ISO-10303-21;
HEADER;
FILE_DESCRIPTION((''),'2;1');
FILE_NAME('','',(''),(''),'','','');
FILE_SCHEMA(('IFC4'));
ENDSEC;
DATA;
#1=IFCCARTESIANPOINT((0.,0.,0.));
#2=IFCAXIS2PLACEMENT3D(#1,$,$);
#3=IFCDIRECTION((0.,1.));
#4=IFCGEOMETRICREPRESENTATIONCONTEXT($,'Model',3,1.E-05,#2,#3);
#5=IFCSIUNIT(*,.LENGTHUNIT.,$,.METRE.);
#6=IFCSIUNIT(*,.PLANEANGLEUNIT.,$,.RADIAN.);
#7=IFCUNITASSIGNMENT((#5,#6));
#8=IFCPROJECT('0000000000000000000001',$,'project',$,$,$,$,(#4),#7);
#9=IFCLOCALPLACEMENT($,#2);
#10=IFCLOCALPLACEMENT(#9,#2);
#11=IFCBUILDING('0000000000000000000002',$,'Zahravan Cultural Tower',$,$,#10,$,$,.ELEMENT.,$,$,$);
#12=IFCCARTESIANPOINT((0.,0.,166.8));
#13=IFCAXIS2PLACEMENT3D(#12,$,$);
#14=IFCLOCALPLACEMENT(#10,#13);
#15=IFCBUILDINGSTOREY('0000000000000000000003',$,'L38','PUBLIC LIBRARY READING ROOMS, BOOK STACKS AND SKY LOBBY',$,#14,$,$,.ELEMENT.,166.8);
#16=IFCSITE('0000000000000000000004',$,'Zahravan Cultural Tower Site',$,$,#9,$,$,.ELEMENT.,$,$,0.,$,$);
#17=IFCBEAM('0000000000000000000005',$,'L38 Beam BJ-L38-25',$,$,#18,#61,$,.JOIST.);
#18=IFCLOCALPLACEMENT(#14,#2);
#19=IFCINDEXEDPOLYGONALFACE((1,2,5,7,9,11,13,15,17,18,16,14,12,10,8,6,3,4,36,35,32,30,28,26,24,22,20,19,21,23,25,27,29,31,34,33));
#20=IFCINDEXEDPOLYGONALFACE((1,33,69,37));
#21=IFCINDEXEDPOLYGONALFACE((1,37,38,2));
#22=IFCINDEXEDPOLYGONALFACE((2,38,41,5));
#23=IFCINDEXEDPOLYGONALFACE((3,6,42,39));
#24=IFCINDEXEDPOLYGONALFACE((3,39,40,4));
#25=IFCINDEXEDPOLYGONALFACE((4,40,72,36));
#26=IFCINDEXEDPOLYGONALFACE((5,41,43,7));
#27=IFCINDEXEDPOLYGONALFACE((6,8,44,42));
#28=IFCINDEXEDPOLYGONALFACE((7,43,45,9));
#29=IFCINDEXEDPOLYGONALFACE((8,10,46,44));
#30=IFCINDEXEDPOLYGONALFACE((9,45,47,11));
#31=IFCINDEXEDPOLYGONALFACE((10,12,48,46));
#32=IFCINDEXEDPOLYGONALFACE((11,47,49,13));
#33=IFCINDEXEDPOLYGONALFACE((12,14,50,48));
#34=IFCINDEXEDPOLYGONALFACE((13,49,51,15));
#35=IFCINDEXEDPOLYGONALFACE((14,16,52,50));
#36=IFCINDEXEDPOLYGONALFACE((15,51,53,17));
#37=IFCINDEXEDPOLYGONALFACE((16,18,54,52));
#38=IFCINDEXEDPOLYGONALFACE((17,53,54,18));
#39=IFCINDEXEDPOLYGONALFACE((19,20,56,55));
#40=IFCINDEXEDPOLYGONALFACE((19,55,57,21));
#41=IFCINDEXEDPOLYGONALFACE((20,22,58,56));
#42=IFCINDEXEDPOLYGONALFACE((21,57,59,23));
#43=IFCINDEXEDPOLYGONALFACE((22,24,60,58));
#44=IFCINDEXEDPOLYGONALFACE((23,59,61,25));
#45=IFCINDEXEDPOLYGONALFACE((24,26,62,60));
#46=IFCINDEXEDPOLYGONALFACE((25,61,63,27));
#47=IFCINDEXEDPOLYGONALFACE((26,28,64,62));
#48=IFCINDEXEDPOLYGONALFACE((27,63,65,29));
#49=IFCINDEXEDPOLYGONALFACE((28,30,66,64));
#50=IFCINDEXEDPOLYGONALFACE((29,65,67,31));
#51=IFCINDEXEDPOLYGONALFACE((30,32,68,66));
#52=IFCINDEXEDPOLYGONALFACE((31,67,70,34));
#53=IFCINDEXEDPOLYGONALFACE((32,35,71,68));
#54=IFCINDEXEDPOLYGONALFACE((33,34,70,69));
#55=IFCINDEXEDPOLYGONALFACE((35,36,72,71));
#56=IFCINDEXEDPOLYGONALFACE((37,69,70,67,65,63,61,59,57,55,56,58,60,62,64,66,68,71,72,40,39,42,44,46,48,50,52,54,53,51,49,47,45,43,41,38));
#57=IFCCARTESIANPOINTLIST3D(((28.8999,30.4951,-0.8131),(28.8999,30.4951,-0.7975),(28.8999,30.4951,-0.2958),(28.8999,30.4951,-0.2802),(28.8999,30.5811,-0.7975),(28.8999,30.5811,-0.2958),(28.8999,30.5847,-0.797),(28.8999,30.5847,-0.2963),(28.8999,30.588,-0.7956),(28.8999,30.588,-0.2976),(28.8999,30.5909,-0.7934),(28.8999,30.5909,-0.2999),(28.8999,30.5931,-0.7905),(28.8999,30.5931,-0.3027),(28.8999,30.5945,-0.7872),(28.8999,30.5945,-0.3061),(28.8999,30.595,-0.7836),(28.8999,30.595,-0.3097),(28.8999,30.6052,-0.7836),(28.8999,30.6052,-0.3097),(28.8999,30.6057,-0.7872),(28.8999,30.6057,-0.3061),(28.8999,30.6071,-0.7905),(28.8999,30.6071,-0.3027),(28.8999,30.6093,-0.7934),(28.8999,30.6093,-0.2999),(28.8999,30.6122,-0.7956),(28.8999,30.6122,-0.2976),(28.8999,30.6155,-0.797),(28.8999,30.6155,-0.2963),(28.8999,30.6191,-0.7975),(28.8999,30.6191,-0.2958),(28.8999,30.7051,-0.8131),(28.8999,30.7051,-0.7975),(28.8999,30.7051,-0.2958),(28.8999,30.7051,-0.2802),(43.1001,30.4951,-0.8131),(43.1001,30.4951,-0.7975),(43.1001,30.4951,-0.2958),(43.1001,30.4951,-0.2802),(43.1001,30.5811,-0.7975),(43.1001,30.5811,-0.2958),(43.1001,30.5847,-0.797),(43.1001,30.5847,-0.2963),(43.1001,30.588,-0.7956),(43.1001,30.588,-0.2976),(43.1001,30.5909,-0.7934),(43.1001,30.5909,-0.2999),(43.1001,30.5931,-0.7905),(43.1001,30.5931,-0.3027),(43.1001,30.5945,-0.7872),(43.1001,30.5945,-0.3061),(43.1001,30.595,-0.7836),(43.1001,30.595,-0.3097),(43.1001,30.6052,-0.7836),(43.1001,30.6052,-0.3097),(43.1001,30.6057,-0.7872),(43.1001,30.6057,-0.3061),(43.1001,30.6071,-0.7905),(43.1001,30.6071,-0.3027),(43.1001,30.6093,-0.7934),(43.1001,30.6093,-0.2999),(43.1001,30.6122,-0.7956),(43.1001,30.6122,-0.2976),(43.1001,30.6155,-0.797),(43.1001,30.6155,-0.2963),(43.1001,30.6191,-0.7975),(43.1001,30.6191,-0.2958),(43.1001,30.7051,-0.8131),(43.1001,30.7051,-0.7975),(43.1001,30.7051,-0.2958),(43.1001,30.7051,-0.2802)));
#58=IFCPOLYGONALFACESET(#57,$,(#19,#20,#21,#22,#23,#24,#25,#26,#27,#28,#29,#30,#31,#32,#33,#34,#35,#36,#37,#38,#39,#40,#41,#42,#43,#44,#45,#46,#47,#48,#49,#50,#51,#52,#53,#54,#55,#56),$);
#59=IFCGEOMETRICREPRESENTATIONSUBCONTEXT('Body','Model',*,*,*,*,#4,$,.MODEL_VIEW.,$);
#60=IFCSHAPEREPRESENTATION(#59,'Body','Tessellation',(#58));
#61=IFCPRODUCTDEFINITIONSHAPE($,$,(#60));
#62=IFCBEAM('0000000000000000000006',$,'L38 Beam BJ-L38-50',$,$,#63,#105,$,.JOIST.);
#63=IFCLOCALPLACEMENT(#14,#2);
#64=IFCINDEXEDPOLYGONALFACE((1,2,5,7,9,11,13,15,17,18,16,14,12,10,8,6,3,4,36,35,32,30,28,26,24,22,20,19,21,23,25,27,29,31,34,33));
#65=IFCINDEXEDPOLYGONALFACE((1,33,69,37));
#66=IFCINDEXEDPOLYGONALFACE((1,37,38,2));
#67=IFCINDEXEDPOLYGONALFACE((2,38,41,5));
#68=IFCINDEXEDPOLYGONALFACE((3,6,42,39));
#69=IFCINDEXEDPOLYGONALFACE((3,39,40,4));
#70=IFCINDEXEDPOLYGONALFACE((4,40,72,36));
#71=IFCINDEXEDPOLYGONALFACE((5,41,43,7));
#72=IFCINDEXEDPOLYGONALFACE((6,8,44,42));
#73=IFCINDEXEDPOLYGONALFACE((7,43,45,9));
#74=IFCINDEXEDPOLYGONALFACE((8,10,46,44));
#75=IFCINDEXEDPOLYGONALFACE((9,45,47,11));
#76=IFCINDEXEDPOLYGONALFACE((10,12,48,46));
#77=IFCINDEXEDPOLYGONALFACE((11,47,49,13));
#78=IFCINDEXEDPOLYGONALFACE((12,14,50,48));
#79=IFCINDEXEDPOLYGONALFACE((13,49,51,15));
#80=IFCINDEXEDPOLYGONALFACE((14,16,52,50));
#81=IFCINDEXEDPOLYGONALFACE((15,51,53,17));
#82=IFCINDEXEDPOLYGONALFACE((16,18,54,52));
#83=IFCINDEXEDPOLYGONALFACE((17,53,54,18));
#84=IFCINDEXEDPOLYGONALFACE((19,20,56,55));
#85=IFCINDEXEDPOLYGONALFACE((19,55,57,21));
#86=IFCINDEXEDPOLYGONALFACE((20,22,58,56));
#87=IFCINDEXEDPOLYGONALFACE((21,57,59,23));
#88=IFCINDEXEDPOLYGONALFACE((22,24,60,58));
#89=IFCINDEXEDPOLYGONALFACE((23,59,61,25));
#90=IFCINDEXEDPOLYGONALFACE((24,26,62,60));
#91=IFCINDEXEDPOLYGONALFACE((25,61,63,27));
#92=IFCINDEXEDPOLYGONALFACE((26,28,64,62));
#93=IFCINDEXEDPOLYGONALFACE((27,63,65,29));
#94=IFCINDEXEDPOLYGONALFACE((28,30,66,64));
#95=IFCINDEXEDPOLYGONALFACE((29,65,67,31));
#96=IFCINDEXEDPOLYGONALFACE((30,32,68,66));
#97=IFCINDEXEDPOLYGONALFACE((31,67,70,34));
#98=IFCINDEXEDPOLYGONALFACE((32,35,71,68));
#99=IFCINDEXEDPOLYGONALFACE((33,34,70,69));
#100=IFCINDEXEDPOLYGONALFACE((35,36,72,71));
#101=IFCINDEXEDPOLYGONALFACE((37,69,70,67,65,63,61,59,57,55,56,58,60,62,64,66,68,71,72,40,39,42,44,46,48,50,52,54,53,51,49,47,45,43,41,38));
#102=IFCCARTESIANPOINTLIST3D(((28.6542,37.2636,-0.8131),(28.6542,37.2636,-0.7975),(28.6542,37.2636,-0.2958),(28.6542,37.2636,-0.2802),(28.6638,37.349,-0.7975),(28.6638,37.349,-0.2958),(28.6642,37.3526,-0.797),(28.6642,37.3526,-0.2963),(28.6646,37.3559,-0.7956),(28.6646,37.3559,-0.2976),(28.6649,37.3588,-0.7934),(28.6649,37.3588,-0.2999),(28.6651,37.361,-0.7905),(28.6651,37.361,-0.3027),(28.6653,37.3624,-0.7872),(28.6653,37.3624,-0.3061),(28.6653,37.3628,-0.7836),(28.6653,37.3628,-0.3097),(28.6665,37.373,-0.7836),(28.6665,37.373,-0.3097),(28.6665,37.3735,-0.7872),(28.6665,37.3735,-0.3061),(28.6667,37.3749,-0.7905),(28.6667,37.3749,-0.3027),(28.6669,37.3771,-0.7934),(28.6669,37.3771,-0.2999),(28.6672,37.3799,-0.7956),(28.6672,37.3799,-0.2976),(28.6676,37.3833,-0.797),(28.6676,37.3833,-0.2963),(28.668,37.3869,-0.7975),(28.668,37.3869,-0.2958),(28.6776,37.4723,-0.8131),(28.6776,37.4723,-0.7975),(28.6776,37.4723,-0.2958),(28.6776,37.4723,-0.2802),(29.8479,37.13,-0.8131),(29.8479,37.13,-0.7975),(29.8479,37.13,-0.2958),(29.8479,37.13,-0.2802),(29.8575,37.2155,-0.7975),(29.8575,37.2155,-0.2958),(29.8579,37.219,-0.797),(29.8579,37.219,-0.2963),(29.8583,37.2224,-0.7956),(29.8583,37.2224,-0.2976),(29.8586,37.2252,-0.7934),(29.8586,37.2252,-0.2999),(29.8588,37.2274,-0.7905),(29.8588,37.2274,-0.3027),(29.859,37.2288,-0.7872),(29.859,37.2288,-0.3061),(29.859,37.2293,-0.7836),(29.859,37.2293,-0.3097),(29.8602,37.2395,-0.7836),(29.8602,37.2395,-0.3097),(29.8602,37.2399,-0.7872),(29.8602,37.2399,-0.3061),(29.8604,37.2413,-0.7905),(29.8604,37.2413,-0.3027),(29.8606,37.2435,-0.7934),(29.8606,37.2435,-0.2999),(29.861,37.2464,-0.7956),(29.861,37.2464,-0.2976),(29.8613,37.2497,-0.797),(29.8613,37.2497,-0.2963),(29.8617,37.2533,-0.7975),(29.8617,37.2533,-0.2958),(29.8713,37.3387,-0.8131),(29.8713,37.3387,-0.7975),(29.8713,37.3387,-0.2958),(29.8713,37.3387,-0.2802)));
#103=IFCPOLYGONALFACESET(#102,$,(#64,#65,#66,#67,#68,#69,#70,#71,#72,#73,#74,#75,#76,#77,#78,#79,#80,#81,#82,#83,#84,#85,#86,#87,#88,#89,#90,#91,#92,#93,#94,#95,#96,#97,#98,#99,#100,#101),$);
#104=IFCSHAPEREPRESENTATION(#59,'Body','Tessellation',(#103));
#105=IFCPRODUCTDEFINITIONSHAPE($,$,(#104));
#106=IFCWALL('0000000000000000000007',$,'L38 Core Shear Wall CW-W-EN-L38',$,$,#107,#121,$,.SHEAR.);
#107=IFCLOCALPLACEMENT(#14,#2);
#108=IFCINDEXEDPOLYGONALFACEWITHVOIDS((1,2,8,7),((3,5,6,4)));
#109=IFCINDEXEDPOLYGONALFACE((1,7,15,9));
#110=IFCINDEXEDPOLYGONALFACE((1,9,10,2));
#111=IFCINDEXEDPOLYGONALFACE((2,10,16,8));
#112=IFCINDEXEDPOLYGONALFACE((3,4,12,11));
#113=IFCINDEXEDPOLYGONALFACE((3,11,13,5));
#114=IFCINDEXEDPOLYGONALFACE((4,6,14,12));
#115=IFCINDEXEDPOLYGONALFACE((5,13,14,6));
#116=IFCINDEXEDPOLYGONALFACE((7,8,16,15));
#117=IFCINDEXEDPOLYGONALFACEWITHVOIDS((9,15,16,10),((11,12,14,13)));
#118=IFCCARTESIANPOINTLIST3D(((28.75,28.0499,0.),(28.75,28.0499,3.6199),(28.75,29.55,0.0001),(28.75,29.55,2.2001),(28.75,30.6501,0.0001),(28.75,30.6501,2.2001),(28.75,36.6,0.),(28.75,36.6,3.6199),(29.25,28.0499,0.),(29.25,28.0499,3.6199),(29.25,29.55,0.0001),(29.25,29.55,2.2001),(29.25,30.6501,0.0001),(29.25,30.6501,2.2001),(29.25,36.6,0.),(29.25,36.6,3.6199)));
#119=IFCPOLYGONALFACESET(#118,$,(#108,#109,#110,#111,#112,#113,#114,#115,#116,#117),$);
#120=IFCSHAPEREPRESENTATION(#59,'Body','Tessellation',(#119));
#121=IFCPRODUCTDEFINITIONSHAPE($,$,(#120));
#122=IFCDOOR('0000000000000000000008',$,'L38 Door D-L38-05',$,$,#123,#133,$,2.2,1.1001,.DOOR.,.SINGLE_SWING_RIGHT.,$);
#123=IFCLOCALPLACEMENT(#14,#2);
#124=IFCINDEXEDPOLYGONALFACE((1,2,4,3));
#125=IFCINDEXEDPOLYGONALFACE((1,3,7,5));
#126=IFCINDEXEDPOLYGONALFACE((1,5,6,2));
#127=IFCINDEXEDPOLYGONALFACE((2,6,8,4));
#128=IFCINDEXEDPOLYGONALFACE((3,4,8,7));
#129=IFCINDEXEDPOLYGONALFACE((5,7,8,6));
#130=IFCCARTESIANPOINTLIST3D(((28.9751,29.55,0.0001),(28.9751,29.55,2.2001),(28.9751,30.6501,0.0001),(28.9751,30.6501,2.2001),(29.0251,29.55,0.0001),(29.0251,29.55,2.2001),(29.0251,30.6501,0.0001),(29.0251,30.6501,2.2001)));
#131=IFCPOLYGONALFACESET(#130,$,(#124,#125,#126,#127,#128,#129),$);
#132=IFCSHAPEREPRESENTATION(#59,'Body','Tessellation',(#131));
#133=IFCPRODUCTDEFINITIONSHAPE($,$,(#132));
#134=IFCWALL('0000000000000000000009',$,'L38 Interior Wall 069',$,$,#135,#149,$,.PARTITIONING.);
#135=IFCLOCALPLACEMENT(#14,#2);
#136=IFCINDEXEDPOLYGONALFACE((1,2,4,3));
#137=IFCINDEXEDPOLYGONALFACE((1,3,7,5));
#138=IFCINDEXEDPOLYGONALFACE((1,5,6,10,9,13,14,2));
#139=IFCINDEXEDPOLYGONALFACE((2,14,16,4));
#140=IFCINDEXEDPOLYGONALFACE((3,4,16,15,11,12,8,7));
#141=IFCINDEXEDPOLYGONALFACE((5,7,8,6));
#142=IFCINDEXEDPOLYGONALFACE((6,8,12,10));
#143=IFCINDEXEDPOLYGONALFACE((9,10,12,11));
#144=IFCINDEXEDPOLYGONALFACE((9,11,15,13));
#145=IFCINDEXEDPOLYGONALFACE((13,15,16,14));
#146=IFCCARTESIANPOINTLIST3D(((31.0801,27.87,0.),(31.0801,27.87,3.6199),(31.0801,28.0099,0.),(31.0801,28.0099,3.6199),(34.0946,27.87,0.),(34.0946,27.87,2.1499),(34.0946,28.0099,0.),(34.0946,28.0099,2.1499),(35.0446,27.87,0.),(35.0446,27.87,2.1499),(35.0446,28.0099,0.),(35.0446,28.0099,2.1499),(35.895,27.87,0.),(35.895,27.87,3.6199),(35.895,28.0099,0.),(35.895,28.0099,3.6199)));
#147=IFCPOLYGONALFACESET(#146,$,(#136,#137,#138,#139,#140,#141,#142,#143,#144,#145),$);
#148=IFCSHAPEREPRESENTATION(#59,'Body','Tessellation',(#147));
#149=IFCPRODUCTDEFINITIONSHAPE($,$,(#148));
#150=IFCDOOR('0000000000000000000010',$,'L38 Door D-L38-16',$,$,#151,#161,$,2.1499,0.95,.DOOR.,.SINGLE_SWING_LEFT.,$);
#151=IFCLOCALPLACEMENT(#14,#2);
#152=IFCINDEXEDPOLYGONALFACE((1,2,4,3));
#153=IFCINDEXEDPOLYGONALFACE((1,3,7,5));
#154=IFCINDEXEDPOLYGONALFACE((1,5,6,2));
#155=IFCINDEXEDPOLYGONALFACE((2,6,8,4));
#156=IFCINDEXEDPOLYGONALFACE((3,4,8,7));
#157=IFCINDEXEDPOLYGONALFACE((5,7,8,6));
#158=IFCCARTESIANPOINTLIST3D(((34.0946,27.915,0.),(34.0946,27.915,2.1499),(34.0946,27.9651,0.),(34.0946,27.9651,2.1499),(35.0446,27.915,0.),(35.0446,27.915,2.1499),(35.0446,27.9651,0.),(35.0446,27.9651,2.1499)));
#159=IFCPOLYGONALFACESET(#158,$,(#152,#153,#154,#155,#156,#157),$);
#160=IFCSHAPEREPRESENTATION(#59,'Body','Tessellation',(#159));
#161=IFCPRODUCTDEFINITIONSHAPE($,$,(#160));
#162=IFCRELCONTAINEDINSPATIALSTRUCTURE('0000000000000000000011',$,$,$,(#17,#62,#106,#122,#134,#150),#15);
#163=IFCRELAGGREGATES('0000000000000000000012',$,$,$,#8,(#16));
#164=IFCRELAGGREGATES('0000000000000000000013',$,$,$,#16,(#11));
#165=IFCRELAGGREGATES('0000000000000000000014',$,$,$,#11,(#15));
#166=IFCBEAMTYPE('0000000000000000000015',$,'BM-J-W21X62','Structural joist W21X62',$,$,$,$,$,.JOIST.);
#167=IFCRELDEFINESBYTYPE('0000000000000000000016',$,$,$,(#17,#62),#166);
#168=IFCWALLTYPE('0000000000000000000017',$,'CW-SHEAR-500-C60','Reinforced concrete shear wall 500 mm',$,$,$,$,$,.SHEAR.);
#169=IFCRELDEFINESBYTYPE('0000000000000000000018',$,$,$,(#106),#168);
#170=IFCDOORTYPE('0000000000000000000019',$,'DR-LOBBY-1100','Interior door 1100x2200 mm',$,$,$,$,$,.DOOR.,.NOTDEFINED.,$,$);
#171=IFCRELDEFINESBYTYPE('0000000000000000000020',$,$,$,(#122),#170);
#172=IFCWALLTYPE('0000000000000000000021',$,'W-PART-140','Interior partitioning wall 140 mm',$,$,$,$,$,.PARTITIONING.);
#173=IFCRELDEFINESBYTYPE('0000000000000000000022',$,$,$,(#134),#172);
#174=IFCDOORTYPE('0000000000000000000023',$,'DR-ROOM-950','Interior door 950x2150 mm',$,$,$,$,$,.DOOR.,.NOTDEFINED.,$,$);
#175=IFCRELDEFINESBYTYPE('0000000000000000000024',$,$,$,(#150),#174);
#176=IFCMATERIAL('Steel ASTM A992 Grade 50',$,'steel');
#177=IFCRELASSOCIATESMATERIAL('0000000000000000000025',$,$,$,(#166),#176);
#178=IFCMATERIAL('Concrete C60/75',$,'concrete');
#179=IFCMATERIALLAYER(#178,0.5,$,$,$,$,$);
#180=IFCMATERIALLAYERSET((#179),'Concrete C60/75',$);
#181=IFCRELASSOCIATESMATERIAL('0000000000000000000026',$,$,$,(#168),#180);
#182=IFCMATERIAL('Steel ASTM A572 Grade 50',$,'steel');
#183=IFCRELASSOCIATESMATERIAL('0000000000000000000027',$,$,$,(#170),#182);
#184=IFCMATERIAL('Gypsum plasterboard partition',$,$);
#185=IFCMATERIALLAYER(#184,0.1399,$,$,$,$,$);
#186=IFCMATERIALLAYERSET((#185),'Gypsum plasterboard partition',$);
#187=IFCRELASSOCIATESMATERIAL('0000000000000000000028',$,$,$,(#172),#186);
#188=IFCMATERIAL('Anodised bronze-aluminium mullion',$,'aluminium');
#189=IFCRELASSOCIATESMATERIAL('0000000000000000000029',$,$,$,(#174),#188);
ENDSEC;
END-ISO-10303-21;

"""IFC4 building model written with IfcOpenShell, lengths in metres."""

from ifc_helpers import new_model, si_unit, direction, frame, frame_2d, origin, origin_2d, place, context, subcontext, project, spatial, rectangle, i_section, extrude, source, transform, mapped, material, layer, layer_set, material_profile, profile_set, type_object, element, fill, save


model = new_model("IFC4")

# Units and contexts
model_context = context("Model", 3, precision=1e-05, world=origin(), true_north=direction((0.0, 1.0)))
body_context = subcontext(model_context, "Body", "Model", "MODEL_VIEW")
ifc_project = project(units=[si_unit("LENGTHUNIT", "METRE"), si_unit("PLANEANGLEUNIT", "RADIAN")], contexts=[model_context])

# Site, building, storey
site_placement = place(None, origin())
site = spatial("IfcSite", under=ifc_project, at=site_placement, Name="Zahravan Cultural Tower Site", CompositionType="ELEMENT", RefElevation=0.0)
building_placement = place(site_placement, origin())
building = spatial("IfcBuilding", under=site, at=building_placement, Name="Zahravan Cultural Tower", CompositionType="ELEMENT")
storey_placement = place(building_placement, frame((0.0, 0.0, 166.8)))
storey = spatial("IfcBuildingStorey", under=building, at=storey_placement, Name="L38", Description="PUBLIC LIBRARY READING ROOMS, BOOK STACKS AND SKY LOBBY", CompositionType="ELEMENT", Elevation=166.8)

# Beams
ifc_material_1 = material(Name="Steel ASTM A992 Grade 50", Category="steel")
ifc_material_profile_1 = material_profile(ifc_material_1, i_section(OverallWidth=0.21, OverallDepth=0.533, WebThickness=0.0103, FlangeThickness=0.0156, FilletRadius=0.0139, at=origin_2d()), Name="W21X62")
ifc_profile_set_1 = profile_set([ifc_material_profile_1], Name="Steel ASTM A992 Grade 50")
beam_type_1 = type_object("IfcBeamType", Name="BM-J-W21X62", Description="Structural joist W21X62", PredefinedType="JOIST", material=ifc_profile_set_1)
shared_shape_1 = source(origin(), body_context, "Body", "SweptSolid", [
    extrude(i_section(OverallWidth=0.21, OverallDepth=0.533, WebThickness=0.0103, FlangeThickness=0.0156, FilletRadius=0.0139, at=origin_2d()), origin(), (0.0, 0.0, 1.0), 14.2002),
])
for number, where, z_axis, x_axis, name in (
    (1, (28.8999, 30.6001, -0.5466), (1.0, 0.0, 0.0), (0.0, 1.0, 0.0), "L38 Beam BJ-L38-25"),
):
    element("IfcBeam", number, at=place(storey_placement, frame(where, z_axis=z_axis, x_axis=x_axis)), inside=storey, type_object=beam_type_1, Name=name, PredefinedType="JOIST", context=body_context, shape_type="MappedRepresentation", body=[
        mapped(shared_shape_1, transform((0.0, 0.0, 0.0), x_axis=(1.0, 0.0, 0.0), y_axis=(0.0, 1.0, 0.0), z_axis=(0.0, 0.0, 1.0), scale=1.0)),
    ])
shared_shape_2 = source(origin(), body_context, "Body", "SweptSolid", [
    extrude(i_section(OverallWidth=0.21, OverallDepth=0.533, WebThickness=0.0103, FlangeThickness=0.0156, FilletRadius=0.0139, at=origin_2d()), origin(), (0.0, 0.0, 1.0), 1.2012),
])
beam_1_placement = place(storey_placement, frame((29.8596, 37.2344, -0.5466), z_axis=(-0.993799, 0.11119, 0.0), x_axis=(-0.11119, -0.993799, 0.0)))
element("IfcBeam", 2, at=beam_1_placement, inside=storey, type_object=beam_type_1, Name="L38 Beam BJ-L38-50", PredefinedType="JOIST", context=body_context, shape_type="MappedRepresentation", body=[
    mapped(shared_shape_2, transform((0.0, 0.0, 0.0), x_axis=(1.0, 0.0, 0.0), y_axis=(0.0, 1.0, 0.0), z_axis=(0.0, 0.0, 1.0), scale=1.0)),
])

# Walls, openings, doors
ifc_material_2 = material(Name="Concrete C60/75", Category="concrete")
ifc_layer_1 = layer(ifc_material_2, 0.5)
ifc_layer_set_1 = layer_set([ifc_layer_1], Name="Concrete C60/75")
wall_type_1 = type_object("IfcWallType", Name="CW-SHEAR-500-C60", Description="Reinforced concrete shear wall 500 mm", PredefinedType="SHEAR", material=ifc_layer_set_1)
wall_1_placement = place(storey_placement, frame((29.0, 28.05, 0.0), z_axis=(0.0, 0.0, 1.0), x_axis=(0.0, 1.0, 0.0)))
wall_1 = element("IfcWall", 3, at=wall_1_placement, inside=storey, type_object=wall_type_1, Name="L38 Core Shear Wall CW-W-EN-L38", PredefinedType="SHEAR", context=body_context, shape_type="SweptSolid", body=[
    extrude(rectangle(XDim=8.55, YDim=0.5, at=frame_2d((4.2749, 0.0))), origin(), (0.0, 0.0, 1.0), 3.6199),
])
opening_1_placement = place(wall_1_placement, frame((1.5, 0.0, 0.0)))
opening_1 = element("IfcOpeningElement", 4, at=opening_1_placement, cuts=wall_1, PredefinedType="OPENING", context=body_context, shape_type="SweptSolid", body=[
    extrude(rectangle(XDim=1.1001, YDim=2.2, at=frame_2d((0.55, 1.1001))), frame((0.0, 0.26, 0.0), z_axis=(0.0, -1.0, 0.0), x_axis=(1.0, 0.0, 0.0)), (0.0, 0.0, 1.0), 0.52),
])
ifc_material_3 = material(Name="Steel ASTM A572 Grade 50", Category="steel")
door_type_1 = type_object("IfcDoorType", Name="DR-LOBBY-1100", Description="Interior door 1100x2200 mm", OperationType="NOTDEFINED", PredefinedType="DOOR", material=ifc_material_3)
shared_shape_3 = source(origin(), body_context, "Body", "SweptSolid", [
    extrude(rectangle(XDim=1.1001, YDim=2.2, at=frame_2d((0.55, 1.1001))), frame((0.0, 0.0249, 0.0), z_axis=(0.0, -1.0, 0.0), x_axis=(1.0, 0.0, 0.0)), (0.0, 0.0, 1.0), 0.05),
])
door_1_placement = place(opening_1_placement, origin())
door_1 = element("IfcDoor", 5, at=door_1_placement, inside=storey, type_object=door_type_1, Name="L38 Door D-L38-05", OperationType="SINGLE_SWING_RIGHT", OverallHeight=2.2, OverallWidth=1.1001, PredefinedType="DOOR", context=body_context, shape_type="MappedRepresentation", body=[
    mapped(shared_shape_3, transform((0.0, 0.0, 0.0), x_axis=(1.0, 0.0, 0.0), y_axis=(0.0, 1.0, 0.0), z_axis=(0.0, 0.0, 1.0), scale=1.0)),
])
fill(opening_1, door_1)
ifc_material_4 = material(Name="Gypsum plasterboard partition")
ifc_layer_2 = layer(ifc_material_4, 0.1399)
ifc_layer_set_2 = layer_set([ifc_layer_2], Name="Gypsum plasterboard partition")
wall_type_2 = type_object("IfcWallType", Name="W-PART-140", Description="Interior partitioning wall 140 mm", PredefinedType="PARTITIONING", material=ifc_layer_set_2)
wall_2_placement = place(storey_placement, frame((35.895, 27.9399, 0.0), z_axis=(0.0, 0.0, 1.0), x_axis=(-1.0, 0.0, 0.0)))
wall_2 = element("IfcWall", 6, at=wall_2_placement, inside=storey, type_object=wall_type_2, Name="L38 Interior Wall 069", PredefinedType="PARTITIONING", context=body_context, shape_type="SweptSolid", body=[
    extrude(rectangle(XDim=4.8149, YDim=0.1399, at=frame_2d((2.4075, 0.0))), origin(), (0.0, 0.0, 1.0), 3.6199),
])
opening_2_placement = place(wall_2_placement, frame((0.8503, 0.0, 0.0)))
opening_2 = element("IfcOpeningElement", 7, at=opening_2_placement, cuts=wall_2, PredefinedType="OPENING", context=body_context, shape_type="SweptSolid", body=[
    extrude(rectangle(XDim=0.95, YDim=2.1499, at=frame_2d((0.4751, 1.075))), frame((0.0, 0.0798, 0.0), z_axis=(0.0, -1.0, 0.0), x_axis=(1.0, 0.0, 0.0)), (0.0, 0.0, 1.0), 0.1599),
])
ifc_material_5 = material(Name="Anodised bronze-aluminium mullion", Category="aluminium")
door_type_2 = type_object("IfcDoorType", Name="DR-ROOM-950", Description="Interior door 950x2150 mm", OperationType="NOTDEFINED", PredefinedType="DOOR", material=ifc_material_5)
shared_shape_4 = source(origin(), body_context, "Body", "SweptSolid", [
    extrude(rectangle(XDim=0.95, YDim=2.1499, at=frame_2d((0.4751, 1.075))), frame((0.0, 0.0249, 0.0), z_axis=(0.0, -1.0, 0.0), x_axis=(1.0, 0.0, 0.0)), (0.0, 0.0, 1.0), 0.05),
])
door_2_placement = place(opening_2_placement, origin())
door_2 = element("IfcDoor", 8, at=door_2_placement, inside=storey, type_object=door_type_2, Name="L38 Door D-L38-16", OperationType="SINGLE_SWING_LEFT", OverallHeight=2.1499, OverallWidth=0.95, PredefinedType="DOOR", context=body_context, shape_type="MappedRepresentation", body=[
    mapped(shared_shape_4, transform((0.0, 0.0, 0.0), x_axis=(1.0, 0.0, 0.0), y_axis=(0.0, 1.0, 0.0), z_axis=(0.0, 0.0, 1.0), scale=1.0)),
])
fill(opening_2, door_2)

save(model, "model.ifc")
